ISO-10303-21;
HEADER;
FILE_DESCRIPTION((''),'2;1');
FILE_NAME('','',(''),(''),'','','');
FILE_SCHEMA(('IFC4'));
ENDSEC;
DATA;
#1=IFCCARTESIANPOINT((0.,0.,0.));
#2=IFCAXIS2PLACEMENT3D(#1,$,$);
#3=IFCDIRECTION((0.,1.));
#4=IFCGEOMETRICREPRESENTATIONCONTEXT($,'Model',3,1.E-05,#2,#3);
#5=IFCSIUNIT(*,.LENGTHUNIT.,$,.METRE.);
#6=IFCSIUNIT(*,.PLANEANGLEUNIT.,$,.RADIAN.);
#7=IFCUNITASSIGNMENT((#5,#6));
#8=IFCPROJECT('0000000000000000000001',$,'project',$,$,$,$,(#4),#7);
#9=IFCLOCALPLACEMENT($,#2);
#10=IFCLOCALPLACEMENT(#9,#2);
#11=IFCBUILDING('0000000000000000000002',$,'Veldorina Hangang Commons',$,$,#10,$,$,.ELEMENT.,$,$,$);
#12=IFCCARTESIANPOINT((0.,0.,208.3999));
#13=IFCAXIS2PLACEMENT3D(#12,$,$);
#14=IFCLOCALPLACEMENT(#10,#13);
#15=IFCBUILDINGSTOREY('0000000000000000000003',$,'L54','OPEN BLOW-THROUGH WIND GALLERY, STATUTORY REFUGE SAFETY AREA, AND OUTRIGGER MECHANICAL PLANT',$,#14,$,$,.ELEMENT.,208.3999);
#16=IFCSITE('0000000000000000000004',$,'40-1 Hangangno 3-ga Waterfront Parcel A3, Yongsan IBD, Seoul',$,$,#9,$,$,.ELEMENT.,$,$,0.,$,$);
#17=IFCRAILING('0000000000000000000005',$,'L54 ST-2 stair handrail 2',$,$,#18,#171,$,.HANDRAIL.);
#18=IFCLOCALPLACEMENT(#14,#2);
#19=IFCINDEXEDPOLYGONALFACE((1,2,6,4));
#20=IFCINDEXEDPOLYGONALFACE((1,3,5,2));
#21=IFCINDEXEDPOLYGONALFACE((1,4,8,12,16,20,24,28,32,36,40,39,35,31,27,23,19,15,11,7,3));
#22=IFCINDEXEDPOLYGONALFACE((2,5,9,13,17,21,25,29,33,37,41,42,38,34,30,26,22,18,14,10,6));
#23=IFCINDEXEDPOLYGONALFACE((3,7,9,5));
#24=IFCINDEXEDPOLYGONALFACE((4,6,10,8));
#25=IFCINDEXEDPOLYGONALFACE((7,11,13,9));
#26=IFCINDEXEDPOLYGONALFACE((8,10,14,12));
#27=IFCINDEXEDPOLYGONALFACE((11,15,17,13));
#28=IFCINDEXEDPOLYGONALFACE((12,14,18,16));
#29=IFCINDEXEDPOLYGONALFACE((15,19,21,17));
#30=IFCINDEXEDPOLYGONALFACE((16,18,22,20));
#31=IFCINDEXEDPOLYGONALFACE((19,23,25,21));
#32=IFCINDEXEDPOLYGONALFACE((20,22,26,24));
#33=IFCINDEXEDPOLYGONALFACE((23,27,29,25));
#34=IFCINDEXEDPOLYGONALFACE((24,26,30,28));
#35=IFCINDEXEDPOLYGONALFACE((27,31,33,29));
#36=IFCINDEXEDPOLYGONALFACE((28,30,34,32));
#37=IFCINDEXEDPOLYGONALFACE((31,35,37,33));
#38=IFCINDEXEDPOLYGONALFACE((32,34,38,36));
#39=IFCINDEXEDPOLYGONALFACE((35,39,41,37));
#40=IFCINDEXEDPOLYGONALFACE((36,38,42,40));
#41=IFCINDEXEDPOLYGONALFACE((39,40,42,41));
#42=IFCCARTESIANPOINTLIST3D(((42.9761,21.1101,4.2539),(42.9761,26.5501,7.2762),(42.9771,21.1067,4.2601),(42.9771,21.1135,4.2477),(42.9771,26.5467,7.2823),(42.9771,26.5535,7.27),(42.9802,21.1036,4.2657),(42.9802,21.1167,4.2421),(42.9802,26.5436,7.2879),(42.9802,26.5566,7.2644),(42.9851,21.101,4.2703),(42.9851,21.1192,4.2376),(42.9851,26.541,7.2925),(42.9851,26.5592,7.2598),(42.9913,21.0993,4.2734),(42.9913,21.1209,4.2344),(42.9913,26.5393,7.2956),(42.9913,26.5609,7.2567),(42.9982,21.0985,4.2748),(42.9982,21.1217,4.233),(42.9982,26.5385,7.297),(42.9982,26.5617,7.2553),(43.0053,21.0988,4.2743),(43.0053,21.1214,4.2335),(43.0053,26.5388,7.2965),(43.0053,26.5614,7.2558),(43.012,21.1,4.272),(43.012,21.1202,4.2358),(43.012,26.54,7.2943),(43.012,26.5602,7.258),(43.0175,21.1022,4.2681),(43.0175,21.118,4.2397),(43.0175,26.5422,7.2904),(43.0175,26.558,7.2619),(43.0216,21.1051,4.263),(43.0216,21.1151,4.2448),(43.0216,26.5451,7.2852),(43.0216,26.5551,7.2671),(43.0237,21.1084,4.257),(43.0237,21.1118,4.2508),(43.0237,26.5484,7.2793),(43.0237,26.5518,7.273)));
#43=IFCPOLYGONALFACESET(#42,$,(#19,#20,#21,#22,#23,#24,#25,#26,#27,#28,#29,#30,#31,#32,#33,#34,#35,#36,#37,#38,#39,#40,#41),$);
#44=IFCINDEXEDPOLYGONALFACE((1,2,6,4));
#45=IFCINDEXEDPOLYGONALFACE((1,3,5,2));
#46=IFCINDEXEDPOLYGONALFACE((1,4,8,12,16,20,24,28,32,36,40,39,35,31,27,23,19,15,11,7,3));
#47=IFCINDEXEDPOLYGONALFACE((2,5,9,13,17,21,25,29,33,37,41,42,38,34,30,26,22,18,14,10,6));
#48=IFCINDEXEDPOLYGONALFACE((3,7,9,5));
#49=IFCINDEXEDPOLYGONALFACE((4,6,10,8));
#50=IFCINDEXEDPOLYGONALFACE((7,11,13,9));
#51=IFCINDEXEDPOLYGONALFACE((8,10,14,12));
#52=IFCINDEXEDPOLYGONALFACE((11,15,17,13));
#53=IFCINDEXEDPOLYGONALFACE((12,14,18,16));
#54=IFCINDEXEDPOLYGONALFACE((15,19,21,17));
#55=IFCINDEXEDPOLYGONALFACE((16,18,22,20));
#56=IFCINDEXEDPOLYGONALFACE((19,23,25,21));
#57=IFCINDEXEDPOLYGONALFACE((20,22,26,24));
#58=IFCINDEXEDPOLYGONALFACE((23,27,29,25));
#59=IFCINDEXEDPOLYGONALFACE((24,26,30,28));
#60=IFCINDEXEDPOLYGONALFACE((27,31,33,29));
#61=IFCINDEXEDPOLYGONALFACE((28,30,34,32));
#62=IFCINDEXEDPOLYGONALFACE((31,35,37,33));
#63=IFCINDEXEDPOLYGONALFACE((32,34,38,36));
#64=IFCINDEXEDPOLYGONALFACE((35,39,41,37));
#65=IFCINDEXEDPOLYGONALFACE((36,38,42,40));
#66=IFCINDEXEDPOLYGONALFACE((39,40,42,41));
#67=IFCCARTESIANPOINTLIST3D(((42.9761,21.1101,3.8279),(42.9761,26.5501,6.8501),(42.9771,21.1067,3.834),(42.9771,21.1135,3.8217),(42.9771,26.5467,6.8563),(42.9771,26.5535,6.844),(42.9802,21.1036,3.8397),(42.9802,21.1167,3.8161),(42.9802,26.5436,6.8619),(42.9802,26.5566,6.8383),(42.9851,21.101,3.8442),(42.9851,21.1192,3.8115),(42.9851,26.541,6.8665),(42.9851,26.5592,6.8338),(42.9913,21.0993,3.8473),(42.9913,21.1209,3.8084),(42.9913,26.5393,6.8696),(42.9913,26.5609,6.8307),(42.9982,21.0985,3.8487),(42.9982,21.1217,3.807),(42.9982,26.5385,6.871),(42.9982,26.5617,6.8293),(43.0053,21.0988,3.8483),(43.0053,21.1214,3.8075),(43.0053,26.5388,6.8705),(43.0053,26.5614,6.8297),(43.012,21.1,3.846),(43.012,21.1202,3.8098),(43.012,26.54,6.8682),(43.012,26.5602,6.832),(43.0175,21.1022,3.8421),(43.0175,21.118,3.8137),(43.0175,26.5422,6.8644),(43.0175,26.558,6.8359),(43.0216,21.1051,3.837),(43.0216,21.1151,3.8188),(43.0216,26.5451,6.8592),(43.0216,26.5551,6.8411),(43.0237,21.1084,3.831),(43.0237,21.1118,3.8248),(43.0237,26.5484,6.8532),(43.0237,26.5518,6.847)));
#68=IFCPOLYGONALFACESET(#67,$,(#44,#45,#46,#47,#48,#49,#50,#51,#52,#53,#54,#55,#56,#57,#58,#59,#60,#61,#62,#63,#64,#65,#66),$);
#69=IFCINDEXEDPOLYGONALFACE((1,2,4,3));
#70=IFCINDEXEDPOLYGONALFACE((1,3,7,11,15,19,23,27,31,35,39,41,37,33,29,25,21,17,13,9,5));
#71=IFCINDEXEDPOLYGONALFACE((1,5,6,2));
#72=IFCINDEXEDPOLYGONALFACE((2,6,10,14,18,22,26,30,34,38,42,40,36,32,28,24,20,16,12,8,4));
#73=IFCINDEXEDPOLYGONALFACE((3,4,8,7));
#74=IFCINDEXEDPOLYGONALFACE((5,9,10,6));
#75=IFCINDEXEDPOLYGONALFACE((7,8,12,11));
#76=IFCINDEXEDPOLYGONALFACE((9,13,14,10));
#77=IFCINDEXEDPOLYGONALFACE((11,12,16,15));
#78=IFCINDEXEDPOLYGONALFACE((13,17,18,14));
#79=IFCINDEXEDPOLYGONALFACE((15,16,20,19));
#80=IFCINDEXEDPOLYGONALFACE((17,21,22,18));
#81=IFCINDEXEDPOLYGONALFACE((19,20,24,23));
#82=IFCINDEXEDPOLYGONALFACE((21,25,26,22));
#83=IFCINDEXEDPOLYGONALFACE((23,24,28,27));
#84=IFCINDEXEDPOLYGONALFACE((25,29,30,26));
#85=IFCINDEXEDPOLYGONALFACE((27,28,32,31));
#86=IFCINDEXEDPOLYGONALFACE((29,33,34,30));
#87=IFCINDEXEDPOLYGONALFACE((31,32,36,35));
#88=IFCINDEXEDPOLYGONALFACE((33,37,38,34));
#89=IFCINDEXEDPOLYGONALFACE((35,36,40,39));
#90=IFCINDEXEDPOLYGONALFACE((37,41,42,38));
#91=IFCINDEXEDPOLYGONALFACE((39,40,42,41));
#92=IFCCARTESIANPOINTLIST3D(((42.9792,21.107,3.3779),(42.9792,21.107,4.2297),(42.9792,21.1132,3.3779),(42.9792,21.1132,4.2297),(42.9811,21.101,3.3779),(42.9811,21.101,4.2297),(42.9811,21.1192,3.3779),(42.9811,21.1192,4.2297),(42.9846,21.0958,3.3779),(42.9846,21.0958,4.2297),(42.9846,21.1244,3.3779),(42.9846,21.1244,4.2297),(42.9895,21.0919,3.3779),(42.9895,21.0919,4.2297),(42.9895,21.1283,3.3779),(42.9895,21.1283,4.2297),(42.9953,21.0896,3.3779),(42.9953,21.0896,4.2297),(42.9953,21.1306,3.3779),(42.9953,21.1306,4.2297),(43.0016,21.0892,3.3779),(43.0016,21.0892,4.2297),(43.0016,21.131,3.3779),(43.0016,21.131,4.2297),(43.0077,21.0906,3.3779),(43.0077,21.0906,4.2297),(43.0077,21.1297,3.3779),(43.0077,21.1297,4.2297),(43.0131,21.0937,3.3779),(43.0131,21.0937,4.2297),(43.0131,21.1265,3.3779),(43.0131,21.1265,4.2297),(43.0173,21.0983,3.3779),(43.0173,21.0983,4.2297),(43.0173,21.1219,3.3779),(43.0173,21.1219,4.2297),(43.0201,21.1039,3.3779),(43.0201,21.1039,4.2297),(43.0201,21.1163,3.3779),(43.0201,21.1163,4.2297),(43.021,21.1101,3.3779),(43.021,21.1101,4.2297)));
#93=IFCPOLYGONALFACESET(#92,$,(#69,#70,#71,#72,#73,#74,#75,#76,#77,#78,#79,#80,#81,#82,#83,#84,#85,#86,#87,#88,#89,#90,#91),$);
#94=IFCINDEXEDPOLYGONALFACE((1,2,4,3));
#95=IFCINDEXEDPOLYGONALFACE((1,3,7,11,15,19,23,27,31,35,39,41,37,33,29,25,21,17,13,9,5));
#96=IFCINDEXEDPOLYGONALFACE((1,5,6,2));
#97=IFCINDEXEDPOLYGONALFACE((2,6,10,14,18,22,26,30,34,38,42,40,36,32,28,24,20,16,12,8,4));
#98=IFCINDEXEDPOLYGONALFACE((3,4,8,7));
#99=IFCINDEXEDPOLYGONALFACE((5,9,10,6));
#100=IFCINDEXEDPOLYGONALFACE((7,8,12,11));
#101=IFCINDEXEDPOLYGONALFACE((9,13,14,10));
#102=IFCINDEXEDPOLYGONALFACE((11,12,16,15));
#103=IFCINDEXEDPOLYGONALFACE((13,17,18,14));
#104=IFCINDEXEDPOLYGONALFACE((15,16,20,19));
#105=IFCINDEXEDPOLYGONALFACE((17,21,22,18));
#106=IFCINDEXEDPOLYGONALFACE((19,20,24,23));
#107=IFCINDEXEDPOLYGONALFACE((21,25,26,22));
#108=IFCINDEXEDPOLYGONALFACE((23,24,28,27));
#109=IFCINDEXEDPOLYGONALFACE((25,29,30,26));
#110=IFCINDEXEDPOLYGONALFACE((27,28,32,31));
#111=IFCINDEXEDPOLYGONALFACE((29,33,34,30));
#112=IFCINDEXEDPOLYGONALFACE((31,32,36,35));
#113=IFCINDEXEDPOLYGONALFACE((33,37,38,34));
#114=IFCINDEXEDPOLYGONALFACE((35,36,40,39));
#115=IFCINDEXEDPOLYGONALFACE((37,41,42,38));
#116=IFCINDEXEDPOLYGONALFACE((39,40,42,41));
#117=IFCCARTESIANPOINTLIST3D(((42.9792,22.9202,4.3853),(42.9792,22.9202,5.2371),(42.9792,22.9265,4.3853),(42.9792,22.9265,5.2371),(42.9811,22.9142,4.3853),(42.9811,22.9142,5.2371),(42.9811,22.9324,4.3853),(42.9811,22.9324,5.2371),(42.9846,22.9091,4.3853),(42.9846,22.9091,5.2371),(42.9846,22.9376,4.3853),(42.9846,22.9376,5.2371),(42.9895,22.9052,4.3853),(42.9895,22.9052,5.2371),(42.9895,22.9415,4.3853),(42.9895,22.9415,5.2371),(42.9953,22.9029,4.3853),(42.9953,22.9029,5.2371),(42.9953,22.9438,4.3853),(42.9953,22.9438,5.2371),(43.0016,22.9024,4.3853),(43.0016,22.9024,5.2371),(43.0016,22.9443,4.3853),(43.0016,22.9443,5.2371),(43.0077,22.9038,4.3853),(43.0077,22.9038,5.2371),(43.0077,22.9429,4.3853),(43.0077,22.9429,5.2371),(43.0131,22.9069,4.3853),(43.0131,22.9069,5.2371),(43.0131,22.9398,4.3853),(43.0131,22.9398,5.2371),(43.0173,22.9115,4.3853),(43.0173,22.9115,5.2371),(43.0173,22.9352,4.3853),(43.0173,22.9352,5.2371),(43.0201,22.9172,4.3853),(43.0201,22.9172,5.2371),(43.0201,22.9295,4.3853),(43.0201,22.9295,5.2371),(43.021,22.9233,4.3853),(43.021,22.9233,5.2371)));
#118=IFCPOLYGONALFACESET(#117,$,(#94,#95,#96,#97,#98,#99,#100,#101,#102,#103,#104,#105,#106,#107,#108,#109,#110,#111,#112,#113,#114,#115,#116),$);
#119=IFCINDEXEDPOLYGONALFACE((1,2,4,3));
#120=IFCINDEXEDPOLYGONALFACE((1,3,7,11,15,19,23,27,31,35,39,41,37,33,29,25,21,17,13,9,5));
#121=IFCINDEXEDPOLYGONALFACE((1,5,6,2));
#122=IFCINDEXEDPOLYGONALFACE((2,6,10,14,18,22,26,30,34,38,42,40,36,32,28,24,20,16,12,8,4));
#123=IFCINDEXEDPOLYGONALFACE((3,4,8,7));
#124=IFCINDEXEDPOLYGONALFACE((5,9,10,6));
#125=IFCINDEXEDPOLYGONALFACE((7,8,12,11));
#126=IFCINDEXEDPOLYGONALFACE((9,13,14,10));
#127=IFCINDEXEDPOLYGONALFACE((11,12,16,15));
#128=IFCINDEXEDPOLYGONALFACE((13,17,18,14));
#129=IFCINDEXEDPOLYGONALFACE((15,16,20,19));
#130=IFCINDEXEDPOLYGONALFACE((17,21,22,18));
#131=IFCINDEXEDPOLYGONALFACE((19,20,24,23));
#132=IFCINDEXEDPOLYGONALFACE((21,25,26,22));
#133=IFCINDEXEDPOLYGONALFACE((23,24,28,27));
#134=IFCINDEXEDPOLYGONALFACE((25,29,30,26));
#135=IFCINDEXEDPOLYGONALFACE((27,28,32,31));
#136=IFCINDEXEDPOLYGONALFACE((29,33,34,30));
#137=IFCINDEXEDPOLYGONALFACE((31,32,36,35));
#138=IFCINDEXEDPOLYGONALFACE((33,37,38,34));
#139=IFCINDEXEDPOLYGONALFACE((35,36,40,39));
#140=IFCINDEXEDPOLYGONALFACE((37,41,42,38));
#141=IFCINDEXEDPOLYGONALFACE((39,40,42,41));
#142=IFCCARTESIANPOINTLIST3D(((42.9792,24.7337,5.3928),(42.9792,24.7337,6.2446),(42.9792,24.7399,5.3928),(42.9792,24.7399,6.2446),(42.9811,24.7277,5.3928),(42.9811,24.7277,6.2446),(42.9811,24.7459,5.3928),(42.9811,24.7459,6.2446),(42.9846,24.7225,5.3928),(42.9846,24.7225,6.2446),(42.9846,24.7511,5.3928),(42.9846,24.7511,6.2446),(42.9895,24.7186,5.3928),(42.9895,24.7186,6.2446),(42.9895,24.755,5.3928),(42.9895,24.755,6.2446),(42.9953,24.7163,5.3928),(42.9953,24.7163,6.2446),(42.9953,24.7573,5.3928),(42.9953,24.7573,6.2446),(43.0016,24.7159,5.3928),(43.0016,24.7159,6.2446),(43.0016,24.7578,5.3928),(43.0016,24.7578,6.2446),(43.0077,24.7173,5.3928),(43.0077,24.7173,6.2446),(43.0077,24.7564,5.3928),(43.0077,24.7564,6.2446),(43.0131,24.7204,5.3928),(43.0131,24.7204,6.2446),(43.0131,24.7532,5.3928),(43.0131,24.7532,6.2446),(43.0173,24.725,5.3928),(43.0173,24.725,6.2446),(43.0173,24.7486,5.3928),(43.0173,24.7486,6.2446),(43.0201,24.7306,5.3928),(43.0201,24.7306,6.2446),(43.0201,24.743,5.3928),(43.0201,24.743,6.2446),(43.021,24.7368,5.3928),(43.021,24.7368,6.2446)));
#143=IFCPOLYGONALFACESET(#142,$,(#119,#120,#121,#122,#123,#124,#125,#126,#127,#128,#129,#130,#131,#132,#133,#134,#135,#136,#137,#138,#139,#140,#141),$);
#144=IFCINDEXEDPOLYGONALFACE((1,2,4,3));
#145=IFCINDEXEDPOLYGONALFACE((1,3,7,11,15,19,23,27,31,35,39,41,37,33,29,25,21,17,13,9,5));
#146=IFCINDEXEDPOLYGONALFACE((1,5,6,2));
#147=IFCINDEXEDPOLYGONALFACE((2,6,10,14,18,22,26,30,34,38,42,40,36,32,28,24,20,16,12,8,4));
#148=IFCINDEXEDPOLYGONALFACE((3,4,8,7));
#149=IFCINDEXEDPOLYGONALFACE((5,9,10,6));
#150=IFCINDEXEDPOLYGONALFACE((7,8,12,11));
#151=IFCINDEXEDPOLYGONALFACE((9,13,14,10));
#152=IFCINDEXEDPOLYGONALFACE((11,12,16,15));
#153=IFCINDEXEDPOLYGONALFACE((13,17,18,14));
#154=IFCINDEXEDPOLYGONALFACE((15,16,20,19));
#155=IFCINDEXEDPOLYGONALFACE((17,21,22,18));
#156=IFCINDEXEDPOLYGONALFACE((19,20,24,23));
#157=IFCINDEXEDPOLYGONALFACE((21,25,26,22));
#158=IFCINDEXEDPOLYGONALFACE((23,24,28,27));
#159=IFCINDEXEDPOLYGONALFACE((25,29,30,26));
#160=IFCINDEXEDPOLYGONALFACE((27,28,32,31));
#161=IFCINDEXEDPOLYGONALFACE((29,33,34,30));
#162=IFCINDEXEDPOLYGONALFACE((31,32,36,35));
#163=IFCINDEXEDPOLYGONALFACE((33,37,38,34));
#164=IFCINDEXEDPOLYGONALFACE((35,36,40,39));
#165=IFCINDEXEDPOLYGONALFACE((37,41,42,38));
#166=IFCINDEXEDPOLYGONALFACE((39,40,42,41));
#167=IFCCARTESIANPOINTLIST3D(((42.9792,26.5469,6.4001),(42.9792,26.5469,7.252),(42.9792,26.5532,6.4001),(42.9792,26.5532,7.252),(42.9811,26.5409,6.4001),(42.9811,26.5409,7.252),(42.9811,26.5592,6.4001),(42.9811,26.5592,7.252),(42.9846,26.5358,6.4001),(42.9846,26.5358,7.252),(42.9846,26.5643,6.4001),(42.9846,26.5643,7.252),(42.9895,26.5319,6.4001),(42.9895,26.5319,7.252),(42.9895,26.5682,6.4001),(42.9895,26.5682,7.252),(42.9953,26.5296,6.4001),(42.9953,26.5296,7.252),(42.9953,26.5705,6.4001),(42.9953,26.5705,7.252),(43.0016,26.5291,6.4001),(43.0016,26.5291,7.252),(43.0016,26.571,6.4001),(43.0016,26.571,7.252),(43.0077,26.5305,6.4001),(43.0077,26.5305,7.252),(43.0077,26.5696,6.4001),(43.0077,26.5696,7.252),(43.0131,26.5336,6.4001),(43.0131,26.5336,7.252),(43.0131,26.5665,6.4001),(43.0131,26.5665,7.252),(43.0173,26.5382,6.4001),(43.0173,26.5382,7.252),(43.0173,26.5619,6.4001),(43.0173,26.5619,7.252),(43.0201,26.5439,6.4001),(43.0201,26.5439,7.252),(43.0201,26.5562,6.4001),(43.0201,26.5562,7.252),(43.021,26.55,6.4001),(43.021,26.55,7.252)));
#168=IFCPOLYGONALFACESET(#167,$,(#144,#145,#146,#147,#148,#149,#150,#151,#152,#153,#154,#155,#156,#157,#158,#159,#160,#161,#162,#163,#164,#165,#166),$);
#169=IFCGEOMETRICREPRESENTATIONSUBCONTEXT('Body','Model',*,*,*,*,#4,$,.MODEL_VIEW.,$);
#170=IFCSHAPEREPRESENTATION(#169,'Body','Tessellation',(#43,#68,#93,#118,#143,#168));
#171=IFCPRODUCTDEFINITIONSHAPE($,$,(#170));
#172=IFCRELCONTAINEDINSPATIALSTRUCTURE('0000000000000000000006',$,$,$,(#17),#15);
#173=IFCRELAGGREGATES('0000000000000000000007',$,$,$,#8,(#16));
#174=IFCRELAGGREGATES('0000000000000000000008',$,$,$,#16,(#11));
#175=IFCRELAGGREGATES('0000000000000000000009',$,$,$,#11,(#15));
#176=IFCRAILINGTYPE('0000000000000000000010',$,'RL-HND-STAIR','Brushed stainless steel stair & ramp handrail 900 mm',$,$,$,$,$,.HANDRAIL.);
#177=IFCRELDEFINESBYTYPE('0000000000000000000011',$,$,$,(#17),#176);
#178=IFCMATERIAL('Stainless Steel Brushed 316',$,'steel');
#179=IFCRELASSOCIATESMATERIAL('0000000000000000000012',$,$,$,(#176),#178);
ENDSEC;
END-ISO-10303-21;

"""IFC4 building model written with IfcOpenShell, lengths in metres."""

from ifc_helpers import new_model, si_unit, direction, frame, origin, origin_2d, place, context, subcontext, project, spatial, circle, extrude, material, type_object, element, save


model = new_model("IFC4")

# Units and contexts
model_context = context("Model", 3, precision=1e-05, world=origin(), true_north=direction((0.0, 1.0)))
body_context = subcontext(model_context, "Body", "Model", "MODEL_VIEW")
ifc_project = project(units=[si_unit("LENGTHUNIT", "METRE"), si_unit("PLANEANGLEUNIT", "RADIAN")], contexts=[model_context])

# Site, building, storey
site_placement = place(None, origin())
site = spatial("IfcSite", under=ifc_project, at=site_placement, Name="40-1 Hangangno 3-ga Waterfront Parcel A3, Yongsan IBD, Seoul", CompositionType="ELEMENT", RefElevation=0.0)
building_placement = place(site_placement, origin())
building = spatial("IfcBuilding", under=site, at=building_placement, Name="Veldorina Hangang Commons", CompositionType="ELEMENT")
storey_placement = place(building_placement, frame((0.0, 0.0, 208.3999)))
storey = spatial("IfcBuildingStorey", under=building, at=storey_placement, Name="L54", Description="OPEN BLOW-THROUGH WIND GALLERY, STATUTORY REFUGE SAFETY AREA, AND OUTRIGGER MECHANICAL PLANT", CompositionType="ELEMENT", Elevation=208.3999)

# Railing
ifc_material_1 = material(Name="Stainless Steel Brushed 316", Category="steel")
railing_type_1 = type_object("IfcRailingType", Name="RL-HND-STAIR", Description="Brushed stainless steel stair & ramp handrail 900 mm", PredefinedType="HANDRAIL", material=ifc_material_1)
railing_1_placement = place(storey_placement, frame((43.0, 21.1101, 3.3779)))
element("IfcRailing", 1, at=railing_1_placement, inside=storey, type_object=railing_type_1, Name="L54 ST-2 stair handrail 2", PredefinedType="HANDRAIL", context=body_context, shape_type="SweptSolid", body=[
    extrude(circle(Radius=0.0239, at=origin_2d()), frame((0.0, 0.0, 0.876), z_axis=(0.0, 0.874155, 0.485646), x_axis=(-1.0, 0.0, 0.0)), (0.0, 0.0, 1.0), 6.2231),
    extrude(circle(Radius=0.0239, at=origin_2d()), frame((0.0, 0.0, 0.45), z_axis=(0.0, 0.874155, 0.485646), x_axis=(-1.0, 0.0, 0.0)), (0.0, 0.0, 1.0), 6.2231),
    extrude(circle(Radius=0.021, at=origin_2d()), origin(), (0.0, 0.0, 1.0), 0.8518),
    extrude(circle(Radius=0.021, at=origin_2d()), frame((0.0, 1.8132, 1.0073)), (0.0, 0.0, 1.0), 0.8518),
    extrude(circle(Radius=0.021, at=origin_2d()), frame((0.0, 3.6267, 2.0149)), (0.0, 0.0, 1.0), 0.8518),
    extrude(circle(Radius=0.021, at=origin_2d()), frame((0.0, 5.4399, 3.0222)), (0.0, 0.0, 1.0), 0.8518),
])

save(model, "model.ifc")
